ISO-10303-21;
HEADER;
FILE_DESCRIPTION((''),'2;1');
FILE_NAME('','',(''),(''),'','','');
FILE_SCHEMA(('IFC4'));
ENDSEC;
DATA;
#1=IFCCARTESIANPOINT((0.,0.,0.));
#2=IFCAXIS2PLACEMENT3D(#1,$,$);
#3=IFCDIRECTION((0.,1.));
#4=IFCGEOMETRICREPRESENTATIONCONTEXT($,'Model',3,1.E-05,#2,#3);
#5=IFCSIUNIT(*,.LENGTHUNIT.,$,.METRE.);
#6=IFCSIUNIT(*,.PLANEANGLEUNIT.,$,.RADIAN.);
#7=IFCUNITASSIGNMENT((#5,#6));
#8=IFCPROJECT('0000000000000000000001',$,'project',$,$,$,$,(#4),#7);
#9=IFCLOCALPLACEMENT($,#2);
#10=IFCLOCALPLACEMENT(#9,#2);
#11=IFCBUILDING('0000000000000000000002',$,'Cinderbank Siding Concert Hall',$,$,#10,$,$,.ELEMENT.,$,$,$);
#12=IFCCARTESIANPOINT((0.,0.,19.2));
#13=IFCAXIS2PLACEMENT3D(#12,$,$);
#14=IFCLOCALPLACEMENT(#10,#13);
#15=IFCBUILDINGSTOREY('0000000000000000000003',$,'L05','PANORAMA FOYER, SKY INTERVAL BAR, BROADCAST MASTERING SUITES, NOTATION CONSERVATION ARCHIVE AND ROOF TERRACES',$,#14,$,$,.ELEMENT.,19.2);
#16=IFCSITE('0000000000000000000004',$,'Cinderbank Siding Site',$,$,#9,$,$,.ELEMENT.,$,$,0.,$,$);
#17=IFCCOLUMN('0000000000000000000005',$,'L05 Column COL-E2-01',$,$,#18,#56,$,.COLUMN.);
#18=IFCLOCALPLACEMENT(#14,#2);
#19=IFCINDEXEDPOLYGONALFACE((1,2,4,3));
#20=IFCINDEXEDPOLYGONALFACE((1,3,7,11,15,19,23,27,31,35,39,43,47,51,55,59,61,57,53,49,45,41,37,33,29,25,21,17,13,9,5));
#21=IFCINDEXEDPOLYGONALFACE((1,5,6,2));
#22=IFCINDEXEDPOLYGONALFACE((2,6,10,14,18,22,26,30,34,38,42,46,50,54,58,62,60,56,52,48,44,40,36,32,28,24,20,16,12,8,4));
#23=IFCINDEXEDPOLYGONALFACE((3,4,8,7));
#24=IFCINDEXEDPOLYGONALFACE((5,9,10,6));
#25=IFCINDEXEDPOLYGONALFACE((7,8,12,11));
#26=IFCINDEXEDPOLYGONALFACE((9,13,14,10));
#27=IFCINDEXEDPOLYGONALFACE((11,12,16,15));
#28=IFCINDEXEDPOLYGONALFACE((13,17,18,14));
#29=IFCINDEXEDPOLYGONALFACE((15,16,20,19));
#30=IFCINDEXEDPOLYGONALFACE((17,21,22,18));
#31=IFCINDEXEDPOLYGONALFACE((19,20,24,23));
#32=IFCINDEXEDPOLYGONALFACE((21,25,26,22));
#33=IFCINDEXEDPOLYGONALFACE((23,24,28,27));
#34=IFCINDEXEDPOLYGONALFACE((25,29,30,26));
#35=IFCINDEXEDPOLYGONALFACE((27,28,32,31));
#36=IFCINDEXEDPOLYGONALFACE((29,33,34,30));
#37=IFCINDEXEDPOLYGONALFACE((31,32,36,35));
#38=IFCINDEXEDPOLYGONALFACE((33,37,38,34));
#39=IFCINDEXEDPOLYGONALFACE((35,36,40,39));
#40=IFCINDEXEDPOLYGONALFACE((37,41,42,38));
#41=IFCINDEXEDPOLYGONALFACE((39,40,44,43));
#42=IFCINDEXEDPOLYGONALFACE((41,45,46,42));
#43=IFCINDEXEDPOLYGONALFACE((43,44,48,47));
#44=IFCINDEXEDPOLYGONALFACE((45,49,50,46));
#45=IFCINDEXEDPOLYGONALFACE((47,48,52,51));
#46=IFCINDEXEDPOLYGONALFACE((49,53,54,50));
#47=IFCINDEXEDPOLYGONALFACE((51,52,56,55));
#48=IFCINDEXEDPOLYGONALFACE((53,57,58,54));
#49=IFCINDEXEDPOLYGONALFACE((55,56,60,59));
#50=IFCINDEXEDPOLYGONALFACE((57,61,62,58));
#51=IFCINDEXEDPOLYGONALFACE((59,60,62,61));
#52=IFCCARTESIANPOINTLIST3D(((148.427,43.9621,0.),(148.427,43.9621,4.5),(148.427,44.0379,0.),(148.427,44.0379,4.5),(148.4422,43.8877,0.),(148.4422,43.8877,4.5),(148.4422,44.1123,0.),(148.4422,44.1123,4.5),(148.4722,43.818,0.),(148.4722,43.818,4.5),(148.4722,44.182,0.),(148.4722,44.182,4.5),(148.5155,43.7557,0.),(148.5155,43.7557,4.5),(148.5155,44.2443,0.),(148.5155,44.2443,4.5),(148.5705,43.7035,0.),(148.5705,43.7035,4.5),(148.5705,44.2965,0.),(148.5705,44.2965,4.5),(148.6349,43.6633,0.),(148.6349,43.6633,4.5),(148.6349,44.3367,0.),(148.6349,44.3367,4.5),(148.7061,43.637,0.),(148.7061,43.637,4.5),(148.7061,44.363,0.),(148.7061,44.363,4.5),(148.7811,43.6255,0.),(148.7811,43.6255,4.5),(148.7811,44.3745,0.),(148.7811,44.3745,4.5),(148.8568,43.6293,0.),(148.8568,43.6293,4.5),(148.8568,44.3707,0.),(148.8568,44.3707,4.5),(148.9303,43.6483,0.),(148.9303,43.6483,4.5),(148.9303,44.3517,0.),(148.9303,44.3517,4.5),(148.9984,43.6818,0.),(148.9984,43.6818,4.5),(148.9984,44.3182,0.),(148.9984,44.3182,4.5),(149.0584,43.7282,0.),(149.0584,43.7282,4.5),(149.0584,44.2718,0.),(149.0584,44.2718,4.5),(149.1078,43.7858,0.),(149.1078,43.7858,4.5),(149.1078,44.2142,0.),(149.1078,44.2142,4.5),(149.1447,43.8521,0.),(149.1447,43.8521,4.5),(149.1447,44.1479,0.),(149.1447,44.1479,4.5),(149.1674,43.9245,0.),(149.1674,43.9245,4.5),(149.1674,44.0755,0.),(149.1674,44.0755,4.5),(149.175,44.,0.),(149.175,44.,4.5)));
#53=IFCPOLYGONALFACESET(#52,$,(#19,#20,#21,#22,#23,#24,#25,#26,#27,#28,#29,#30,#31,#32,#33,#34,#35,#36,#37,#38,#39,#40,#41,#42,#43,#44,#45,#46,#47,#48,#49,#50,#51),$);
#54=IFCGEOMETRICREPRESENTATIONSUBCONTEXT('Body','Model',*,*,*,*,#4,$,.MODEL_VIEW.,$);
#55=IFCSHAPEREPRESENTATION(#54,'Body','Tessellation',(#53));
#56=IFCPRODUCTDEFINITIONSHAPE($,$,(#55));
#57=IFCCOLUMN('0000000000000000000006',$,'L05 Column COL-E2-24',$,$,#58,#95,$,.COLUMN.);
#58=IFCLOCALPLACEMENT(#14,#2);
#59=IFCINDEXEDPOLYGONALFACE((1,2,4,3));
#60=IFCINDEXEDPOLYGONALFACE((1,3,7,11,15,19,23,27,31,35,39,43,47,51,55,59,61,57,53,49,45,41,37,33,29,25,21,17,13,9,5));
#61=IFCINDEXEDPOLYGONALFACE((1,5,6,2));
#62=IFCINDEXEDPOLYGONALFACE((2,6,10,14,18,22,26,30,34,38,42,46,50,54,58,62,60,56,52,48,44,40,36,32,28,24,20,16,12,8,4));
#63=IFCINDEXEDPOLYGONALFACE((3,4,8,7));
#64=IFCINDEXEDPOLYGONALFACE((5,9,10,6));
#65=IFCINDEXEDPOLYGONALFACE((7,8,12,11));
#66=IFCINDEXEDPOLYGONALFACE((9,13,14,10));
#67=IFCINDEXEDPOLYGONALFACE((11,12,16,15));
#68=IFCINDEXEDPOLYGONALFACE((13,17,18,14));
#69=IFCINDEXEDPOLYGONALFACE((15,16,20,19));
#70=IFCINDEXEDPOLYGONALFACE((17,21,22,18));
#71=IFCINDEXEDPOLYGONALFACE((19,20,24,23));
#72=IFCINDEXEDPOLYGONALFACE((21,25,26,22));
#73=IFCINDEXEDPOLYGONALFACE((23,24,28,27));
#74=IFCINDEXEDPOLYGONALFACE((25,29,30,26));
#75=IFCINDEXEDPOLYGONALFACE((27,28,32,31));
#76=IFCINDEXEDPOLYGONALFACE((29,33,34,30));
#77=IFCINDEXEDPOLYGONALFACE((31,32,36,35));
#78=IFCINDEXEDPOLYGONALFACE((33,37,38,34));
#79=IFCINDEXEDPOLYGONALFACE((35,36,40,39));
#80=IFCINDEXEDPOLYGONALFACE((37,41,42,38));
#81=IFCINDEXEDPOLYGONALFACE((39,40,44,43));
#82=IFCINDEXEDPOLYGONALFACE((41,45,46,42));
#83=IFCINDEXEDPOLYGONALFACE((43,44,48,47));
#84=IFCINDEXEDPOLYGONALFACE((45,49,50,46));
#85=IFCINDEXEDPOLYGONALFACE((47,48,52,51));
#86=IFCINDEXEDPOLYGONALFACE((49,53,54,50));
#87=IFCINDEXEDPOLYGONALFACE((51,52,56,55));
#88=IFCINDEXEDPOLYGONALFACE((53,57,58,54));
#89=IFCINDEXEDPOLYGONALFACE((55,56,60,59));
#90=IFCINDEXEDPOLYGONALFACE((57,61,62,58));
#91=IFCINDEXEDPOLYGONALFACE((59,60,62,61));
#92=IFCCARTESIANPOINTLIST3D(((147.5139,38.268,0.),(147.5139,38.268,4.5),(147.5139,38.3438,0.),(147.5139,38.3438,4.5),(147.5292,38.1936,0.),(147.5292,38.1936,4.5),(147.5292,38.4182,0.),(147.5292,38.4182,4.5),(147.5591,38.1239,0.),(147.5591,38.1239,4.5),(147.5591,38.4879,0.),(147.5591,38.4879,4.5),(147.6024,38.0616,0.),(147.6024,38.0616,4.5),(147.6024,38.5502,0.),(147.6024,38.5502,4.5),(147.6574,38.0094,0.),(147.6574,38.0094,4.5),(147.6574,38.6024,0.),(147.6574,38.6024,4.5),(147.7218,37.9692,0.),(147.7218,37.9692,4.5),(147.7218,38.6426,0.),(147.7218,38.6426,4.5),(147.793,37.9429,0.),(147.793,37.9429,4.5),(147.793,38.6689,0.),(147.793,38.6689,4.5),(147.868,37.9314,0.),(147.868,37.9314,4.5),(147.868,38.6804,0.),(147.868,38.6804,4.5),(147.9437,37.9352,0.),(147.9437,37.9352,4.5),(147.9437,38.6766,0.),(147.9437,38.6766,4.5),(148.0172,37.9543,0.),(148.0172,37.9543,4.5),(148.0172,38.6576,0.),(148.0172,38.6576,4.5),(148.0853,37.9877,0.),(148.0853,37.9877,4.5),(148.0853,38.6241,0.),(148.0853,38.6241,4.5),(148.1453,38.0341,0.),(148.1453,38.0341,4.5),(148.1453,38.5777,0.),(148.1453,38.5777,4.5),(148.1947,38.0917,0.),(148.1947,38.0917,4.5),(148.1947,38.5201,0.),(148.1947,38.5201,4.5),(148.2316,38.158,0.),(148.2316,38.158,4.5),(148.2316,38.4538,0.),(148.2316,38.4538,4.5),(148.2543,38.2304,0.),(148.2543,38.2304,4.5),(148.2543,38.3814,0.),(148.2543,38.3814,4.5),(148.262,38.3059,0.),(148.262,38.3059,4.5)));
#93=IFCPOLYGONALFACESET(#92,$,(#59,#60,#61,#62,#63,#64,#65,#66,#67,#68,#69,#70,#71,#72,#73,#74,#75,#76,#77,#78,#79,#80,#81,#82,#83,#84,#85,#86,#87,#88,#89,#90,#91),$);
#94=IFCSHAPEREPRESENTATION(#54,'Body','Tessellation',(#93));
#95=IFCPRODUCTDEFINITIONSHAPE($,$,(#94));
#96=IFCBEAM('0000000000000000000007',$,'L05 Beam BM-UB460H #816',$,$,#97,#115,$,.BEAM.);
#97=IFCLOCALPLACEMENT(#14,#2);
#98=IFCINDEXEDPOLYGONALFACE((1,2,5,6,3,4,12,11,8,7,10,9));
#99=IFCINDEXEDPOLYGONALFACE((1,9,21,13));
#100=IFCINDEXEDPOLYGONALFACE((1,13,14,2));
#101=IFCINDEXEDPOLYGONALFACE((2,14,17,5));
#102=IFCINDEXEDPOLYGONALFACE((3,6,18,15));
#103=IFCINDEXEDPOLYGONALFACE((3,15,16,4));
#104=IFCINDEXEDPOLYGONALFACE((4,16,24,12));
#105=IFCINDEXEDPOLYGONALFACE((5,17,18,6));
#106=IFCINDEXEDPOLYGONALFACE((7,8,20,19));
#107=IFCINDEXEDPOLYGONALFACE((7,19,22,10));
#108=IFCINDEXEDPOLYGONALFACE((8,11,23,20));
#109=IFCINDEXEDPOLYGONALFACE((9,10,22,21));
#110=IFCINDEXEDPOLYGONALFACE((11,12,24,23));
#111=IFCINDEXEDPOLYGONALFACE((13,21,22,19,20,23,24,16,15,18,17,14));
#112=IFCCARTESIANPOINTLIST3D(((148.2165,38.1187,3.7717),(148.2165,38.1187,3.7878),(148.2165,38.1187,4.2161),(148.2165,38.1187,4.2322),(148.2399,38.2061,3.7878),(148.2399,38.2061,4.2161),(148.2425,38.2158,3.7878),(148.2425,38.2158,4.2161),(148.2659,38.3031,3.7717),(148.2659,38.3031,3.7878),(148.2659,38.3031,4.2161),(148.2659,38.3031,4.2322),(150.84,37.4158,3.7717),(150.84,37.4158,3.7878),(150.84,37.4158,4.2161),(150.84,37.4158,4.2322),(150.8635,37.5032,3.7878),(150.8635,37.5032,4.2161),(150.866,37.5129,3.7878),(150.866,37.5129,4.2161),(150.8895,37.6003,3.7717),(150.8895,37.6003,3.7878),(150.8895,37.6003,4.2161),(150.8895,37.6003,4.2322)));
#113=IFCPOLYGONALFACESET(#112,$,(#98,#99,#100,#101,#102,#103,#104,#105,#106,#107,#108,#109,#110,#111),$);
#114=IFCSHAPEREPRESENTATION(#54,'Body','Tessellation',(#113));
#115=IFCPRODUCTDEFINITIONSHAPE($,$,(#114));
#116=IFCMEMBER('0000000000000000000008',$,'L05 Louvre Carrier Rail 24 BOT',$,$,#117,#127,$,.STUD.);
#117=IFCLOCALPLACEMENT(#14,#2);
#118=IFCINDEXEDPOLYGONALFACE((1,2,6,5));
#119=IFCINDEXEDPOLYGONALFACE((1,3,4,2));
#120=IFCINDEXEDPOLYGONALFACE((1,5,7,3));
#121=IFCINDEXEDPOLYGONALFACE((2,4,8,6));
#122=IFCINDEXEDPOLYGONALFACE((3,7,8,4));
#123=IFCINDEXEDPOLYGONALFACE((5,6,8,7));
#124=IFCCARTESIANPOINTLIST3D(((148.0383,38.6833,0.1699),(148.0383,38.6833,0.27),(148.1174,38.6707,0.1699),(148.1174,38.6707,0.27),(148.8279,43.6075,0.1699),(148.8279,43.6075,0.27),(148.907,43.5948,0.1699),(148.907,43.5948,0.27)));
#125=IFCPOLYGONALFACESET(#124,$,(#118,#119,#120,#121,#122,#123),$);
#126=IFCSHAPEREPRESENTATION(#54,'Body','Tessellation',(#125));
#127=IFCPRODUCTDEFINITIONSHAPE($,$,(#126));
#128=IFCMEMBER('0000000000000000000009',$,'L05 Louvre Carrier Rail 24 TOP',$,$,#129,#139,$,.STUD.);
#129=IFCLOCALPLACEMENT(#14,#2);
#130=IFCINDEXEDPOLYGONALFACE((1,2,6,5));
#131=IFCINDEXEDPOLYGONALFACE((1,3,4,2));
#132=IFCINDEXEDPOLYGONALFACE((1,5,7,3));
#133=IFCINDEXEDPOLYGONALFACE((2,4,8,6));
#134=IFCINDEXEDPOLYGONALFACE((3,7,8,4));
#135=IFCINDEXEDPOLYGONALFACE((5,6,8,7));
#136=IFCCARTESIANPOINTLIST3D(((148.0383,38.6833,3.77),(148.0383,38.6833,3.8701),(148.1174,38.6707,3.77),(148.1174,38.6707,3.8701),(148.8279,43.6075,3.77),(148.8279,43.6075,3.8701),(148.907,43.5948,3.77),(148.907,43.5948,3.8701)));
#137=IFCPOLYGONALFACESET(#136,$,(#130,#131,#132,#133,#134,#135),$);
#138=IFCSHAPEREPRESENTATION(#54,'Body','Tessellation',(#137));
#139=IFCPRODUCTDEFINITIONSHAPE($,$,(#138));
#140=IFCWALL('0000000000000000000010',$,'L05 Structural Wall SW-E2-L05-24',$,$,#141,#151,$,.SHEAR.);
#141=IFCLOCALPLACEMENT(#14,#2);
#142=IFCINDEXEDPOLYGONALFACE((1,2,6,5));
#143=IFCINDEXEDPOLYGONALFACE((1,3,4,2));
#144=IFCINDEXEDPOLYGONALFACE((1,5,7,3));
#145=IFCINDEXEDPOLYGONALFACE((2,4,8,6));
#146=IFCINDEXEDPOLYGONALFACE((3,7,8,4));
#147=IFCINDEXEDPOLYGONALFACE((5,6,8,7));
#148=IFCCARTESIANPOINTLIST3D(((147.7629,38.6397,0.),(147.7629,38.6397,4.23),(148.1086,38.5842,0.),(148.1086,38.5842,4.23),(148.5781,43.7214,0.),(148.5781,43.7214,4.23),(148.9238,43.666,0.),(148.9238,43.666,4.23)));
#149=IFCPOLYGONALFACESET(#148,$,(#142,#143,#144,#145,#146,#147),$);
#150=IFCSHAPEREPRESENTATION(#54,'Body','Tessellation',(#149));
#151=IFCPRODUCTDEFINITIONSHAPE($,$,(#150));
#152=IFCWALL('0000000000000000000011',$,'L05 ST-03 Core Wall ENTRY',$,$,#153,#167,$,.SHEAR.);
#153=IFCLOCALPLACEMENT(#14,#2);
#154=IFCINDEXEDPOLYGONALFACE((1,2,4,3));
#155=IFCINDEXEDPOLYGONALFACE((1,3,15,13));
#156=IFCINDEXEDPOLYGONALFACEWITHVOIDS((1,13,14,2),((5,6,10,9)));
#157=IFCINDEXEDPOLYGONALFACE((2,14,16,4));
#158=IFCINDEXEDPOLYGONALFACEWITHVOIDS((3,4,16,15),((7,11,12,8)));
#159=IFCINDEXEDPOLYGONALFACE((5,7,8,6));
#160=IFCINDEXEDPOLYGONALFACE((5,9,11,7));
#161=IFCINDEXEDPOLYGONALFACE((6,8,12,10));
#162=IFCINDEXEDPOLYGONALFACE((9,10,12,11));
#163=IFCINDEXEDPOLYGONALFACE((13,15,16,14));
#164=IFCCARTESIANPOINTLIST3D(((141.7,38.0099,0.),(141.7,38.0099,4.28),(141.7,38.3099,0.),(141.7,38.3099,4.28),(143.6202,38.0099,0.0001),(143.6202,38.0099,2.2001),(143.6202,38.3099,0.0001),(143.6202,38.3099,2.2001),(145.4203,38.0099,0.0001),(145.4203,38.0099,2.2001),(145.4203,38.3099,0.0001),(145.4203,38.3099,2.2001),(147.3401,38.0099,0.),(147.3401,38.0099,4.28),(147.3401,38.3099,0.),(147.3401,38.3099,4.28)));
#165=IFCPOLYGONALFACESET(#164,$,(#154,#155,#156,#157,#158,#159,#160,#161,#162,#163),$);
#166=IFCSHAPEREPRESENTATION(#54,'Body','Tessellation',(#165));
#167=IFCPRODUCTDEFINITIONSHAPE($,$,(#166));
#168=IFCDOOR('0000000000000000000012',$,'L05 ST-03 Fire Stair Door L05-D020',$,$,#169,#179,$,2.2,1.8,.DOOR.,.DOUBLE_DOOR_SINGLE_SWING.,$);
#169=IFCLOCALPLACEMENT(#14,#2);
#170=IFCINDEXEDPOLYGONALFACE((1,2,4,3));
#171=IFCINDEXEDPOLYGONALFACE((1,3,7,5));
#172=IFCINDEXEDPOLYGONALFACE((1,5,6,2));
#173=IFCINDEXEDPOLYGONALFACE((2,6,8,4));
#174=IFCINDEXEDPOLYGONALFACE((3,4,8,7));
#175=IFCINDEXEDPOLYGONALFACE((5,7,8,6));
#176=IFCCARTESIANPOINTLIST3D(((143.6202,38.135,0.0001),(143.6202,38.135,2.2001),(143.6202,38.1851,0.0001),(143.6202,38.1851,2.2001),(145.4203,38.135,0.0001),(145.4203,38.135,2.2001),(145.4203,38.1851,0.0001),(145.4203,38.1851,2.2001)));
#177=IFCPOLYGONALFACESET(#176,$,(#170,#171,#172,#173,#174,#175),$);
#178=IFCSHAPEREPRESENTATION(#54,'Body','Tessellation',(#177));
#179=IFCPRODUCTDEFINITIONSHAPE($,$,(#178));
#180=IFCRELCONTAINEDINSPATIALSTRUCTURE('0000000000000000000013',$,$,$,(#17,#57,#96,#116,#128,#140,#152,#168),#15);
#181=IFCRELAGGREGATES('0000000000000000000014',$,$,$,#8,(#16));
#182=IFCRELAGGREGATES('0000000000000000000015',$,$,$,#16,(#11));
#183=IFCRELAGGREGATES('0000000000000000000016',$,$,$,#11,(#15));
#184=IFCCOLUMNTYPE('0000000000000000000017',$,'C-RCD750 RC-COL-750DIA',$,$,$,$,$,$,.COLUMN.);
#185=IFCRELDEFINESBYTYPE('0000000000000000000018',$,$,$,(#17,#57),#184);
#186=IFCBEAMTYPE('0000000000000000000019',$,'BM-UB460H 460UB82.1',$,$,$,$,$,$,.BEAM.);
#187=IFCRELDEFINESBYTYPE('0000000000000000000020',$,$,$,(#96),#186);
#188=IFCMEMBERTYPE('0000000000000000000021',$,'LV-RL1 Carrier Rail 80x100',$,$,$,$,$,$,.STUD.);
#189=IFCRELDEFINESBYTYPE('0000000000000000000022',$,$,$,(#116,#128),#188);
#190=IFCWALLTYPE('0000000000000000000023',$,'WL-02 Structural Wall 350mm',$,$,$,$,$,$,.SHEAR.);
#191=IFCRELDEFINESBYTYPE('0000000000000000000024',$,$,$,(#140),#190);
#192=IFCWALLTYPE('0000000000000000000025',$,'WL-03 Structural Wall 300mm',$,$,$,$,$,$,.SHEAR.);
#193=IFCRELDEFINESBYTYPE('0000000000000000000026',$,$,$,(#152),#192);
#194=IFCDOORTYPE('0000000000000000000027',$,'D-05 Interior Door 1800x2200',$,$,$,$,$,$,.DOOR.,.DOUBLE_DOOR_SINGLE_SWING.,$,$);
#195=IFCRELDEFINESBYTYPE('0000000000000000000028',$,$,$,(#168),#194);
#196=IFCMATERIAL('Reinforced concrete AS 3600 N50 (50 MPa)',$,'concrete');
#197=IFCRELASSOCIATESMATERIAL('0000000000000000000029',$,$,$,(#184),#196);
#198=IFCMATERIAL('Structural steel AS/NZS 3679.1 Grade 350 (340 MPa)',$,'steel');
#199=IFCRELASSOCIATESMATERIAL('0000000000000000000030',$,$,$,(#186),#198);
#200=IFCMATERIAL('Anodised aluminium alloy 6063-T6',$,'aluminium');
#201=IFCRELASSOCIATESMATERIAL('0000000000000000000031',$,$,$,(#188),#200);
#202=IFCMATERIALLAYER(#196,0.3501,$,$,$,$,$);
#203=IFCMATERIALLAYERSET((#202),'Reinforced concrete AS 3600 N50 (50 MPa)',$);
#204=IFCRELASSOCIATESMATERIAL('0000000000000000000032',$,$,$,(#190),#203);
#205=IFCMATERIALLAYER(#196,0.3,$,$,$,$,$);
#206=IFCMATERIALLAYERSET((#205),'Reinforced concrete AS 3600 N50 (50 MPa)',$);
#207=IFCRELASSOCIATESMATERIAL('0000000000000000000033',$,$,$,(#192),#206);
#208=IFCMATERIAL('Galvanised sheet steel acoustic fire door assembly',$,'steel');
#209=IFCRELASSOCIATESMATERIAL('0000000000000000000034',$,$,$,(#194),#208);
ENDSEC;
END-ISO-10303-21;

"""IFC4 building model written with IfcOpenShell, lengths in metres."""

from ifc_helpers import new_model, si_unit, direction, frame, frame_2d, origin, origin_2d, place, context, subcontext, project, spatial, rectangle, circle, i_section, extrude, material, layer, layer_set, material_profile, profile_set, type_object, element, fill, save


model = new_model("IFC4")

# Units and contexts
model_context = context("Model", 3, precision=1e-05, world=origin(), true_north=direction((0.0, 1.0)))
body_context = subcontext(model_context, "Body", "Model", "MODEL_VIEW")
ifc_project = project(units=[si_unit("LENGTHUNIT", "METRE"), si_unit("PLANEANGLEUNIT", "RADIAN")], contexts=[model_context])

# Site, building, storey
site_placement = place(None, origin())
site = spatial("IfcSite", under=ifc_project, at=site_placement, Name="Cinderbank Siding Site", CompositionType="ELEMENT", RefElevation=0.0)
building_placement = place(site_placement, origin())
building = spatial("IfcBuilding", under=site, at=building_placement, Name="Cinderbank Siding Concert Hall", CompositionType="ELEMENT")
storey_placement = place(building_placement, frame((0.0, 0.0, 19.2)))
storey = spatial("IfcBuildingStorey", under=building, at=storey_placement, Name="L05", Description="PANORAMA FOYER, SKY INTERVAL BAR, BROADCAST MASTERING SUITES, NOTATION CONSERVATION ARCHIVE AND ROOF TERRACES", CompositionType="ELEMENT", Elevation=19.2)

# Columns
ifc_material_1 = material(Name="Reinforced concrete AS 3600 N50 (50 MPa)", Category="concrete")
ifc_material_profile_1 = material_profile(ifc_material_1, circle(Radius=0.375, at=origin_2d()), Name="RC-COL-750DIA", Category="LoadBearing")
ifc_profile_set_1 = profile_set([ifc_material_profile_1], Name="Reinforced concrete AS 3600 N50 (50 MPa)")
column_type = type_object("IfcColumnType", Name="C-RCD750 RC-COL-750DIA", PredefinedType="COLUMN", material=ifc_profile_set_1)
for number, where, z_axis, x_axis, name in (
    (1, (148.8, 44.0, 0.0), (0.0, 0.0, 1.0), (1.0, 0.0, 0.0), "L05 Column COL-E2-01"),
    (2, (147.887, 38.3059, 0.0), (0.0, 0.0, 1.0), (1.0, 0.0, 0.0), "L05 Column COL-E2-24"),
):
    element("IfcColumn", number, at=place(storey_placement, frame(where, z_axis=z_axis, x_axis=x_axis)), inside=storey, type_object=column_type, Name=name, PredefinedType="COLUMN", context=body_context, shape_type="SweptSolid", body=[
        extrude(circle(Radius=0.375, at=origin_2d()), origin(), (0.0, 0.0, 1.0), 4.5),
    ])

# Beam
ifc_material_2 = material(Name="Structural steel AS/NZS 3679.1 Grade 350 (340 MPa)", Category="steel")
ifc_material_profile_2 = material_profile(ifc_material_2, i_section(OverallWidth=0.1909, OverallDepth=0.4604, WebThickness=0.01, FlangeThickness=0.0161, at=origin_2d()), Name="460UB82.1", Category="LoadBearing")
ifc_profile_set_2 = profile_set([ifc_material_profile_2], Name="Structural steel AS/NZS 3679.1 Grade 350 (340 MPa)")
beam_type = type_object("IfcBeamType", Name="BM-UB460H 460UB82.1", PredefinedType="BEAM", material=ifc_profile_set_2)
beam_placement = place(storey_placement, frame((148.2412, 38.2109, 4.002), z_axis=(0.965934, -0.258787, 0.0), x_axis=(0.258787, 0.965934, 0.0)))
element("IfcBeam", 3, at=beam_placement, inside=storey, type_object=beam_type, Name="L05 Beam BM-UB460H #816", PredefinedType="BEAM", context=body_context, shape_type="SweptSolid", body=[
    extrude(i_section(OverallWidth=0.1909, OverallDepth=0.4604, WebThickness=0.01, FlangeThickness=0.0161, at=origin_2d()), origin(), (0.0, 0.0, 1.0), 2.7161),
])

# Members
ifc_material_3 = material(Name="Anodised aluminium alloy 6063-T6", Category="aluminium")
ifc_material_profile_3 = material_profile(ifc_material_3, rectangle(XDim=0.0801, YDim=0.1001, at=origin_2d()), Name="ALU-RAIL-80x100", Category="LoadBearing")
ifc_profile_set_3 = profile_set([ifc_material_profile_3], Name="Anodised aluminium alloy 6063-T6")
member_type = type_object("IfcMemberType", Name="LV-RL1 Carrier Rail 80x100", PredefinedType="STUD", material=ifc_profile_set_3)
for number, where, z_axis, x_axis, name in (
    (4, (148.0779, 38.677, 0.22), (0.158323, 0.987387, 0.0), (-0.987387, 0.158323, 0.0), "L05 Louvre Carrier Rail 24 BOT"),
    (5, (148.0779, 38.677, 3.8201), (0.158323, 0.987387, 0.0), (-0.987387, 0.158323, 0.0), "L05 Louvre Carrier Rail 24 TOP"),
):
    element("IfcMember", number, at=place(storey_placement, frame(where, z_axis=z_axis, x_axis=x_axis)), inside=storey, type_object=member_type, Name=name, PredefinedType="STUD", context=body_context, shape_type="SweptSolid", body=[
        extrude(rectangle(XDim=0.0801, YDim=0.1001, at=origin_2d()), origin(), (0.0, 0.0, 1.0), 4.9871),
    ])

# Wall
ifc_layer_1 = layer(ifc_material_1, 0.3501)
ifc_layer_set_1 = layer_set([ifc_layer_1], Name="Reinforced concrete AS 3600 N50 (50 MPa)")
wall_type_1 = type_object("IfcWallType", Name="WL-02 Structural Wall 350mm", PredefinedType="SHEAR", material=ifc_layer_set_1)
wall_1_placement = place(storey_placement, frame((147.9358, 38.6121, 0.0), z_axis=(0.0, 0.0, 1.0), x_axis=(0.158388, 0.987377, 0.0)))
element("IfcWall", 6, at=wall_1_placement, inside=storey, type_object=wall_type_1, Name="L05 Structural Wall SW-E2-L05-24", PredefinedType="SHEAR", context=body_context, shape_type="SweptSolid", body=[
    extrude(rectangle(XDim=5.1467, YDim=0.3501, at=frame_2d((2.5732, 0.0))), origin(), (0.0, 0.0, 1.0), 4.23),
])

# Wall, opening, door
ifc_layer_2 = layer(ifc_material_1, 0.3)
ifc_layer_set_2 = layer_set([ifc_layer_2], Name="Reinforced concrete AS 3600 N50 (50 MPa)")
wall_type_2 = type_object("IfcWallType", Name="WL-03 Structural Wall 300mm", PredefinedType="SHEAR", material=ifc_layer_set_2)
wall_2_placement = place(storey_placement, frame((147.3401, 38.1599, 0.0), z_axis=(0.0, 0.0, 1.0), x_axis=(-1.0, 0.0, 0.0)))
wall_2 = element("IfcWall", 7, at=wall_2_placement, inside=storey, type_object=wall_type_2, Name="L05 ST-03 Core Wall ENTRY", PredefinedType="SHEAR", context=body_context, shape_type="SweptSolid", body=[
    extrude(rectangle(XDim=5.6401, YDim=0.3, at=frame_2d((2.8201, 0.0))), origin(), (0.0, 0.0, 1.0), 4.28),
])
opening_placement = place(wall_2_placement, frame((1.9199, 0.0, 0.0)))
opening = element("IfcOpeningElement", 8, at=opening_placement, cuts=wall_2, PredefinedType="OPENING", context=body_context, shape_type="SweptSolid", body=[
    extrude(rectangle(XDim=1.8, YDim=2.2, at=frame_2d((0.8999, 1.1001))), frame((0.0, 0.1621, 0.0), z_axis=(0.0, -1.0, 0.0), x_axis=(1.0, 0.0, 0.0)), (0.0, 0.0, 1.0), 0.324),
])
ifc_material_4 = material(Name="Galvanised sheet steel acoustic fire door assembly", Category="steel")
door_type = type_object("IfcDoorType", Name="D-05 Interior Door 1800x2200", OperationType="DOUBLE_DOOR_SINGLE_SWING", PredefinedType="DOOR", material=ifc_material_4)
door_placement = place(opening_placement, origin())
door = element("IfcDoor", 9, at=door_placement, inside=storey, type_object=door_type, Name="L05 ST-03 Fire Stair Door L05-D020", OperationType="DOUBLE_DOOR_SINGLE_SWING", OverallHeight=2.2, OverallWidth=1.8, PredefinedType="DOOR", context=body_context, shape_type="SweptSolid", body=[
    extrude(rectangle(XDim=1.8, YDim=2.2, at=frame_2d((0.8999, 1.1001))), frame((0.0, 0.0249, 0.0), z_axis=(0.0, -1.0, 0.0), x_axis=(1.0, 0.0, 0.0)), (0.0, 0.0, 1.0), 0.05),
])
fill(opening, door)

save(model, "model.ifc")
